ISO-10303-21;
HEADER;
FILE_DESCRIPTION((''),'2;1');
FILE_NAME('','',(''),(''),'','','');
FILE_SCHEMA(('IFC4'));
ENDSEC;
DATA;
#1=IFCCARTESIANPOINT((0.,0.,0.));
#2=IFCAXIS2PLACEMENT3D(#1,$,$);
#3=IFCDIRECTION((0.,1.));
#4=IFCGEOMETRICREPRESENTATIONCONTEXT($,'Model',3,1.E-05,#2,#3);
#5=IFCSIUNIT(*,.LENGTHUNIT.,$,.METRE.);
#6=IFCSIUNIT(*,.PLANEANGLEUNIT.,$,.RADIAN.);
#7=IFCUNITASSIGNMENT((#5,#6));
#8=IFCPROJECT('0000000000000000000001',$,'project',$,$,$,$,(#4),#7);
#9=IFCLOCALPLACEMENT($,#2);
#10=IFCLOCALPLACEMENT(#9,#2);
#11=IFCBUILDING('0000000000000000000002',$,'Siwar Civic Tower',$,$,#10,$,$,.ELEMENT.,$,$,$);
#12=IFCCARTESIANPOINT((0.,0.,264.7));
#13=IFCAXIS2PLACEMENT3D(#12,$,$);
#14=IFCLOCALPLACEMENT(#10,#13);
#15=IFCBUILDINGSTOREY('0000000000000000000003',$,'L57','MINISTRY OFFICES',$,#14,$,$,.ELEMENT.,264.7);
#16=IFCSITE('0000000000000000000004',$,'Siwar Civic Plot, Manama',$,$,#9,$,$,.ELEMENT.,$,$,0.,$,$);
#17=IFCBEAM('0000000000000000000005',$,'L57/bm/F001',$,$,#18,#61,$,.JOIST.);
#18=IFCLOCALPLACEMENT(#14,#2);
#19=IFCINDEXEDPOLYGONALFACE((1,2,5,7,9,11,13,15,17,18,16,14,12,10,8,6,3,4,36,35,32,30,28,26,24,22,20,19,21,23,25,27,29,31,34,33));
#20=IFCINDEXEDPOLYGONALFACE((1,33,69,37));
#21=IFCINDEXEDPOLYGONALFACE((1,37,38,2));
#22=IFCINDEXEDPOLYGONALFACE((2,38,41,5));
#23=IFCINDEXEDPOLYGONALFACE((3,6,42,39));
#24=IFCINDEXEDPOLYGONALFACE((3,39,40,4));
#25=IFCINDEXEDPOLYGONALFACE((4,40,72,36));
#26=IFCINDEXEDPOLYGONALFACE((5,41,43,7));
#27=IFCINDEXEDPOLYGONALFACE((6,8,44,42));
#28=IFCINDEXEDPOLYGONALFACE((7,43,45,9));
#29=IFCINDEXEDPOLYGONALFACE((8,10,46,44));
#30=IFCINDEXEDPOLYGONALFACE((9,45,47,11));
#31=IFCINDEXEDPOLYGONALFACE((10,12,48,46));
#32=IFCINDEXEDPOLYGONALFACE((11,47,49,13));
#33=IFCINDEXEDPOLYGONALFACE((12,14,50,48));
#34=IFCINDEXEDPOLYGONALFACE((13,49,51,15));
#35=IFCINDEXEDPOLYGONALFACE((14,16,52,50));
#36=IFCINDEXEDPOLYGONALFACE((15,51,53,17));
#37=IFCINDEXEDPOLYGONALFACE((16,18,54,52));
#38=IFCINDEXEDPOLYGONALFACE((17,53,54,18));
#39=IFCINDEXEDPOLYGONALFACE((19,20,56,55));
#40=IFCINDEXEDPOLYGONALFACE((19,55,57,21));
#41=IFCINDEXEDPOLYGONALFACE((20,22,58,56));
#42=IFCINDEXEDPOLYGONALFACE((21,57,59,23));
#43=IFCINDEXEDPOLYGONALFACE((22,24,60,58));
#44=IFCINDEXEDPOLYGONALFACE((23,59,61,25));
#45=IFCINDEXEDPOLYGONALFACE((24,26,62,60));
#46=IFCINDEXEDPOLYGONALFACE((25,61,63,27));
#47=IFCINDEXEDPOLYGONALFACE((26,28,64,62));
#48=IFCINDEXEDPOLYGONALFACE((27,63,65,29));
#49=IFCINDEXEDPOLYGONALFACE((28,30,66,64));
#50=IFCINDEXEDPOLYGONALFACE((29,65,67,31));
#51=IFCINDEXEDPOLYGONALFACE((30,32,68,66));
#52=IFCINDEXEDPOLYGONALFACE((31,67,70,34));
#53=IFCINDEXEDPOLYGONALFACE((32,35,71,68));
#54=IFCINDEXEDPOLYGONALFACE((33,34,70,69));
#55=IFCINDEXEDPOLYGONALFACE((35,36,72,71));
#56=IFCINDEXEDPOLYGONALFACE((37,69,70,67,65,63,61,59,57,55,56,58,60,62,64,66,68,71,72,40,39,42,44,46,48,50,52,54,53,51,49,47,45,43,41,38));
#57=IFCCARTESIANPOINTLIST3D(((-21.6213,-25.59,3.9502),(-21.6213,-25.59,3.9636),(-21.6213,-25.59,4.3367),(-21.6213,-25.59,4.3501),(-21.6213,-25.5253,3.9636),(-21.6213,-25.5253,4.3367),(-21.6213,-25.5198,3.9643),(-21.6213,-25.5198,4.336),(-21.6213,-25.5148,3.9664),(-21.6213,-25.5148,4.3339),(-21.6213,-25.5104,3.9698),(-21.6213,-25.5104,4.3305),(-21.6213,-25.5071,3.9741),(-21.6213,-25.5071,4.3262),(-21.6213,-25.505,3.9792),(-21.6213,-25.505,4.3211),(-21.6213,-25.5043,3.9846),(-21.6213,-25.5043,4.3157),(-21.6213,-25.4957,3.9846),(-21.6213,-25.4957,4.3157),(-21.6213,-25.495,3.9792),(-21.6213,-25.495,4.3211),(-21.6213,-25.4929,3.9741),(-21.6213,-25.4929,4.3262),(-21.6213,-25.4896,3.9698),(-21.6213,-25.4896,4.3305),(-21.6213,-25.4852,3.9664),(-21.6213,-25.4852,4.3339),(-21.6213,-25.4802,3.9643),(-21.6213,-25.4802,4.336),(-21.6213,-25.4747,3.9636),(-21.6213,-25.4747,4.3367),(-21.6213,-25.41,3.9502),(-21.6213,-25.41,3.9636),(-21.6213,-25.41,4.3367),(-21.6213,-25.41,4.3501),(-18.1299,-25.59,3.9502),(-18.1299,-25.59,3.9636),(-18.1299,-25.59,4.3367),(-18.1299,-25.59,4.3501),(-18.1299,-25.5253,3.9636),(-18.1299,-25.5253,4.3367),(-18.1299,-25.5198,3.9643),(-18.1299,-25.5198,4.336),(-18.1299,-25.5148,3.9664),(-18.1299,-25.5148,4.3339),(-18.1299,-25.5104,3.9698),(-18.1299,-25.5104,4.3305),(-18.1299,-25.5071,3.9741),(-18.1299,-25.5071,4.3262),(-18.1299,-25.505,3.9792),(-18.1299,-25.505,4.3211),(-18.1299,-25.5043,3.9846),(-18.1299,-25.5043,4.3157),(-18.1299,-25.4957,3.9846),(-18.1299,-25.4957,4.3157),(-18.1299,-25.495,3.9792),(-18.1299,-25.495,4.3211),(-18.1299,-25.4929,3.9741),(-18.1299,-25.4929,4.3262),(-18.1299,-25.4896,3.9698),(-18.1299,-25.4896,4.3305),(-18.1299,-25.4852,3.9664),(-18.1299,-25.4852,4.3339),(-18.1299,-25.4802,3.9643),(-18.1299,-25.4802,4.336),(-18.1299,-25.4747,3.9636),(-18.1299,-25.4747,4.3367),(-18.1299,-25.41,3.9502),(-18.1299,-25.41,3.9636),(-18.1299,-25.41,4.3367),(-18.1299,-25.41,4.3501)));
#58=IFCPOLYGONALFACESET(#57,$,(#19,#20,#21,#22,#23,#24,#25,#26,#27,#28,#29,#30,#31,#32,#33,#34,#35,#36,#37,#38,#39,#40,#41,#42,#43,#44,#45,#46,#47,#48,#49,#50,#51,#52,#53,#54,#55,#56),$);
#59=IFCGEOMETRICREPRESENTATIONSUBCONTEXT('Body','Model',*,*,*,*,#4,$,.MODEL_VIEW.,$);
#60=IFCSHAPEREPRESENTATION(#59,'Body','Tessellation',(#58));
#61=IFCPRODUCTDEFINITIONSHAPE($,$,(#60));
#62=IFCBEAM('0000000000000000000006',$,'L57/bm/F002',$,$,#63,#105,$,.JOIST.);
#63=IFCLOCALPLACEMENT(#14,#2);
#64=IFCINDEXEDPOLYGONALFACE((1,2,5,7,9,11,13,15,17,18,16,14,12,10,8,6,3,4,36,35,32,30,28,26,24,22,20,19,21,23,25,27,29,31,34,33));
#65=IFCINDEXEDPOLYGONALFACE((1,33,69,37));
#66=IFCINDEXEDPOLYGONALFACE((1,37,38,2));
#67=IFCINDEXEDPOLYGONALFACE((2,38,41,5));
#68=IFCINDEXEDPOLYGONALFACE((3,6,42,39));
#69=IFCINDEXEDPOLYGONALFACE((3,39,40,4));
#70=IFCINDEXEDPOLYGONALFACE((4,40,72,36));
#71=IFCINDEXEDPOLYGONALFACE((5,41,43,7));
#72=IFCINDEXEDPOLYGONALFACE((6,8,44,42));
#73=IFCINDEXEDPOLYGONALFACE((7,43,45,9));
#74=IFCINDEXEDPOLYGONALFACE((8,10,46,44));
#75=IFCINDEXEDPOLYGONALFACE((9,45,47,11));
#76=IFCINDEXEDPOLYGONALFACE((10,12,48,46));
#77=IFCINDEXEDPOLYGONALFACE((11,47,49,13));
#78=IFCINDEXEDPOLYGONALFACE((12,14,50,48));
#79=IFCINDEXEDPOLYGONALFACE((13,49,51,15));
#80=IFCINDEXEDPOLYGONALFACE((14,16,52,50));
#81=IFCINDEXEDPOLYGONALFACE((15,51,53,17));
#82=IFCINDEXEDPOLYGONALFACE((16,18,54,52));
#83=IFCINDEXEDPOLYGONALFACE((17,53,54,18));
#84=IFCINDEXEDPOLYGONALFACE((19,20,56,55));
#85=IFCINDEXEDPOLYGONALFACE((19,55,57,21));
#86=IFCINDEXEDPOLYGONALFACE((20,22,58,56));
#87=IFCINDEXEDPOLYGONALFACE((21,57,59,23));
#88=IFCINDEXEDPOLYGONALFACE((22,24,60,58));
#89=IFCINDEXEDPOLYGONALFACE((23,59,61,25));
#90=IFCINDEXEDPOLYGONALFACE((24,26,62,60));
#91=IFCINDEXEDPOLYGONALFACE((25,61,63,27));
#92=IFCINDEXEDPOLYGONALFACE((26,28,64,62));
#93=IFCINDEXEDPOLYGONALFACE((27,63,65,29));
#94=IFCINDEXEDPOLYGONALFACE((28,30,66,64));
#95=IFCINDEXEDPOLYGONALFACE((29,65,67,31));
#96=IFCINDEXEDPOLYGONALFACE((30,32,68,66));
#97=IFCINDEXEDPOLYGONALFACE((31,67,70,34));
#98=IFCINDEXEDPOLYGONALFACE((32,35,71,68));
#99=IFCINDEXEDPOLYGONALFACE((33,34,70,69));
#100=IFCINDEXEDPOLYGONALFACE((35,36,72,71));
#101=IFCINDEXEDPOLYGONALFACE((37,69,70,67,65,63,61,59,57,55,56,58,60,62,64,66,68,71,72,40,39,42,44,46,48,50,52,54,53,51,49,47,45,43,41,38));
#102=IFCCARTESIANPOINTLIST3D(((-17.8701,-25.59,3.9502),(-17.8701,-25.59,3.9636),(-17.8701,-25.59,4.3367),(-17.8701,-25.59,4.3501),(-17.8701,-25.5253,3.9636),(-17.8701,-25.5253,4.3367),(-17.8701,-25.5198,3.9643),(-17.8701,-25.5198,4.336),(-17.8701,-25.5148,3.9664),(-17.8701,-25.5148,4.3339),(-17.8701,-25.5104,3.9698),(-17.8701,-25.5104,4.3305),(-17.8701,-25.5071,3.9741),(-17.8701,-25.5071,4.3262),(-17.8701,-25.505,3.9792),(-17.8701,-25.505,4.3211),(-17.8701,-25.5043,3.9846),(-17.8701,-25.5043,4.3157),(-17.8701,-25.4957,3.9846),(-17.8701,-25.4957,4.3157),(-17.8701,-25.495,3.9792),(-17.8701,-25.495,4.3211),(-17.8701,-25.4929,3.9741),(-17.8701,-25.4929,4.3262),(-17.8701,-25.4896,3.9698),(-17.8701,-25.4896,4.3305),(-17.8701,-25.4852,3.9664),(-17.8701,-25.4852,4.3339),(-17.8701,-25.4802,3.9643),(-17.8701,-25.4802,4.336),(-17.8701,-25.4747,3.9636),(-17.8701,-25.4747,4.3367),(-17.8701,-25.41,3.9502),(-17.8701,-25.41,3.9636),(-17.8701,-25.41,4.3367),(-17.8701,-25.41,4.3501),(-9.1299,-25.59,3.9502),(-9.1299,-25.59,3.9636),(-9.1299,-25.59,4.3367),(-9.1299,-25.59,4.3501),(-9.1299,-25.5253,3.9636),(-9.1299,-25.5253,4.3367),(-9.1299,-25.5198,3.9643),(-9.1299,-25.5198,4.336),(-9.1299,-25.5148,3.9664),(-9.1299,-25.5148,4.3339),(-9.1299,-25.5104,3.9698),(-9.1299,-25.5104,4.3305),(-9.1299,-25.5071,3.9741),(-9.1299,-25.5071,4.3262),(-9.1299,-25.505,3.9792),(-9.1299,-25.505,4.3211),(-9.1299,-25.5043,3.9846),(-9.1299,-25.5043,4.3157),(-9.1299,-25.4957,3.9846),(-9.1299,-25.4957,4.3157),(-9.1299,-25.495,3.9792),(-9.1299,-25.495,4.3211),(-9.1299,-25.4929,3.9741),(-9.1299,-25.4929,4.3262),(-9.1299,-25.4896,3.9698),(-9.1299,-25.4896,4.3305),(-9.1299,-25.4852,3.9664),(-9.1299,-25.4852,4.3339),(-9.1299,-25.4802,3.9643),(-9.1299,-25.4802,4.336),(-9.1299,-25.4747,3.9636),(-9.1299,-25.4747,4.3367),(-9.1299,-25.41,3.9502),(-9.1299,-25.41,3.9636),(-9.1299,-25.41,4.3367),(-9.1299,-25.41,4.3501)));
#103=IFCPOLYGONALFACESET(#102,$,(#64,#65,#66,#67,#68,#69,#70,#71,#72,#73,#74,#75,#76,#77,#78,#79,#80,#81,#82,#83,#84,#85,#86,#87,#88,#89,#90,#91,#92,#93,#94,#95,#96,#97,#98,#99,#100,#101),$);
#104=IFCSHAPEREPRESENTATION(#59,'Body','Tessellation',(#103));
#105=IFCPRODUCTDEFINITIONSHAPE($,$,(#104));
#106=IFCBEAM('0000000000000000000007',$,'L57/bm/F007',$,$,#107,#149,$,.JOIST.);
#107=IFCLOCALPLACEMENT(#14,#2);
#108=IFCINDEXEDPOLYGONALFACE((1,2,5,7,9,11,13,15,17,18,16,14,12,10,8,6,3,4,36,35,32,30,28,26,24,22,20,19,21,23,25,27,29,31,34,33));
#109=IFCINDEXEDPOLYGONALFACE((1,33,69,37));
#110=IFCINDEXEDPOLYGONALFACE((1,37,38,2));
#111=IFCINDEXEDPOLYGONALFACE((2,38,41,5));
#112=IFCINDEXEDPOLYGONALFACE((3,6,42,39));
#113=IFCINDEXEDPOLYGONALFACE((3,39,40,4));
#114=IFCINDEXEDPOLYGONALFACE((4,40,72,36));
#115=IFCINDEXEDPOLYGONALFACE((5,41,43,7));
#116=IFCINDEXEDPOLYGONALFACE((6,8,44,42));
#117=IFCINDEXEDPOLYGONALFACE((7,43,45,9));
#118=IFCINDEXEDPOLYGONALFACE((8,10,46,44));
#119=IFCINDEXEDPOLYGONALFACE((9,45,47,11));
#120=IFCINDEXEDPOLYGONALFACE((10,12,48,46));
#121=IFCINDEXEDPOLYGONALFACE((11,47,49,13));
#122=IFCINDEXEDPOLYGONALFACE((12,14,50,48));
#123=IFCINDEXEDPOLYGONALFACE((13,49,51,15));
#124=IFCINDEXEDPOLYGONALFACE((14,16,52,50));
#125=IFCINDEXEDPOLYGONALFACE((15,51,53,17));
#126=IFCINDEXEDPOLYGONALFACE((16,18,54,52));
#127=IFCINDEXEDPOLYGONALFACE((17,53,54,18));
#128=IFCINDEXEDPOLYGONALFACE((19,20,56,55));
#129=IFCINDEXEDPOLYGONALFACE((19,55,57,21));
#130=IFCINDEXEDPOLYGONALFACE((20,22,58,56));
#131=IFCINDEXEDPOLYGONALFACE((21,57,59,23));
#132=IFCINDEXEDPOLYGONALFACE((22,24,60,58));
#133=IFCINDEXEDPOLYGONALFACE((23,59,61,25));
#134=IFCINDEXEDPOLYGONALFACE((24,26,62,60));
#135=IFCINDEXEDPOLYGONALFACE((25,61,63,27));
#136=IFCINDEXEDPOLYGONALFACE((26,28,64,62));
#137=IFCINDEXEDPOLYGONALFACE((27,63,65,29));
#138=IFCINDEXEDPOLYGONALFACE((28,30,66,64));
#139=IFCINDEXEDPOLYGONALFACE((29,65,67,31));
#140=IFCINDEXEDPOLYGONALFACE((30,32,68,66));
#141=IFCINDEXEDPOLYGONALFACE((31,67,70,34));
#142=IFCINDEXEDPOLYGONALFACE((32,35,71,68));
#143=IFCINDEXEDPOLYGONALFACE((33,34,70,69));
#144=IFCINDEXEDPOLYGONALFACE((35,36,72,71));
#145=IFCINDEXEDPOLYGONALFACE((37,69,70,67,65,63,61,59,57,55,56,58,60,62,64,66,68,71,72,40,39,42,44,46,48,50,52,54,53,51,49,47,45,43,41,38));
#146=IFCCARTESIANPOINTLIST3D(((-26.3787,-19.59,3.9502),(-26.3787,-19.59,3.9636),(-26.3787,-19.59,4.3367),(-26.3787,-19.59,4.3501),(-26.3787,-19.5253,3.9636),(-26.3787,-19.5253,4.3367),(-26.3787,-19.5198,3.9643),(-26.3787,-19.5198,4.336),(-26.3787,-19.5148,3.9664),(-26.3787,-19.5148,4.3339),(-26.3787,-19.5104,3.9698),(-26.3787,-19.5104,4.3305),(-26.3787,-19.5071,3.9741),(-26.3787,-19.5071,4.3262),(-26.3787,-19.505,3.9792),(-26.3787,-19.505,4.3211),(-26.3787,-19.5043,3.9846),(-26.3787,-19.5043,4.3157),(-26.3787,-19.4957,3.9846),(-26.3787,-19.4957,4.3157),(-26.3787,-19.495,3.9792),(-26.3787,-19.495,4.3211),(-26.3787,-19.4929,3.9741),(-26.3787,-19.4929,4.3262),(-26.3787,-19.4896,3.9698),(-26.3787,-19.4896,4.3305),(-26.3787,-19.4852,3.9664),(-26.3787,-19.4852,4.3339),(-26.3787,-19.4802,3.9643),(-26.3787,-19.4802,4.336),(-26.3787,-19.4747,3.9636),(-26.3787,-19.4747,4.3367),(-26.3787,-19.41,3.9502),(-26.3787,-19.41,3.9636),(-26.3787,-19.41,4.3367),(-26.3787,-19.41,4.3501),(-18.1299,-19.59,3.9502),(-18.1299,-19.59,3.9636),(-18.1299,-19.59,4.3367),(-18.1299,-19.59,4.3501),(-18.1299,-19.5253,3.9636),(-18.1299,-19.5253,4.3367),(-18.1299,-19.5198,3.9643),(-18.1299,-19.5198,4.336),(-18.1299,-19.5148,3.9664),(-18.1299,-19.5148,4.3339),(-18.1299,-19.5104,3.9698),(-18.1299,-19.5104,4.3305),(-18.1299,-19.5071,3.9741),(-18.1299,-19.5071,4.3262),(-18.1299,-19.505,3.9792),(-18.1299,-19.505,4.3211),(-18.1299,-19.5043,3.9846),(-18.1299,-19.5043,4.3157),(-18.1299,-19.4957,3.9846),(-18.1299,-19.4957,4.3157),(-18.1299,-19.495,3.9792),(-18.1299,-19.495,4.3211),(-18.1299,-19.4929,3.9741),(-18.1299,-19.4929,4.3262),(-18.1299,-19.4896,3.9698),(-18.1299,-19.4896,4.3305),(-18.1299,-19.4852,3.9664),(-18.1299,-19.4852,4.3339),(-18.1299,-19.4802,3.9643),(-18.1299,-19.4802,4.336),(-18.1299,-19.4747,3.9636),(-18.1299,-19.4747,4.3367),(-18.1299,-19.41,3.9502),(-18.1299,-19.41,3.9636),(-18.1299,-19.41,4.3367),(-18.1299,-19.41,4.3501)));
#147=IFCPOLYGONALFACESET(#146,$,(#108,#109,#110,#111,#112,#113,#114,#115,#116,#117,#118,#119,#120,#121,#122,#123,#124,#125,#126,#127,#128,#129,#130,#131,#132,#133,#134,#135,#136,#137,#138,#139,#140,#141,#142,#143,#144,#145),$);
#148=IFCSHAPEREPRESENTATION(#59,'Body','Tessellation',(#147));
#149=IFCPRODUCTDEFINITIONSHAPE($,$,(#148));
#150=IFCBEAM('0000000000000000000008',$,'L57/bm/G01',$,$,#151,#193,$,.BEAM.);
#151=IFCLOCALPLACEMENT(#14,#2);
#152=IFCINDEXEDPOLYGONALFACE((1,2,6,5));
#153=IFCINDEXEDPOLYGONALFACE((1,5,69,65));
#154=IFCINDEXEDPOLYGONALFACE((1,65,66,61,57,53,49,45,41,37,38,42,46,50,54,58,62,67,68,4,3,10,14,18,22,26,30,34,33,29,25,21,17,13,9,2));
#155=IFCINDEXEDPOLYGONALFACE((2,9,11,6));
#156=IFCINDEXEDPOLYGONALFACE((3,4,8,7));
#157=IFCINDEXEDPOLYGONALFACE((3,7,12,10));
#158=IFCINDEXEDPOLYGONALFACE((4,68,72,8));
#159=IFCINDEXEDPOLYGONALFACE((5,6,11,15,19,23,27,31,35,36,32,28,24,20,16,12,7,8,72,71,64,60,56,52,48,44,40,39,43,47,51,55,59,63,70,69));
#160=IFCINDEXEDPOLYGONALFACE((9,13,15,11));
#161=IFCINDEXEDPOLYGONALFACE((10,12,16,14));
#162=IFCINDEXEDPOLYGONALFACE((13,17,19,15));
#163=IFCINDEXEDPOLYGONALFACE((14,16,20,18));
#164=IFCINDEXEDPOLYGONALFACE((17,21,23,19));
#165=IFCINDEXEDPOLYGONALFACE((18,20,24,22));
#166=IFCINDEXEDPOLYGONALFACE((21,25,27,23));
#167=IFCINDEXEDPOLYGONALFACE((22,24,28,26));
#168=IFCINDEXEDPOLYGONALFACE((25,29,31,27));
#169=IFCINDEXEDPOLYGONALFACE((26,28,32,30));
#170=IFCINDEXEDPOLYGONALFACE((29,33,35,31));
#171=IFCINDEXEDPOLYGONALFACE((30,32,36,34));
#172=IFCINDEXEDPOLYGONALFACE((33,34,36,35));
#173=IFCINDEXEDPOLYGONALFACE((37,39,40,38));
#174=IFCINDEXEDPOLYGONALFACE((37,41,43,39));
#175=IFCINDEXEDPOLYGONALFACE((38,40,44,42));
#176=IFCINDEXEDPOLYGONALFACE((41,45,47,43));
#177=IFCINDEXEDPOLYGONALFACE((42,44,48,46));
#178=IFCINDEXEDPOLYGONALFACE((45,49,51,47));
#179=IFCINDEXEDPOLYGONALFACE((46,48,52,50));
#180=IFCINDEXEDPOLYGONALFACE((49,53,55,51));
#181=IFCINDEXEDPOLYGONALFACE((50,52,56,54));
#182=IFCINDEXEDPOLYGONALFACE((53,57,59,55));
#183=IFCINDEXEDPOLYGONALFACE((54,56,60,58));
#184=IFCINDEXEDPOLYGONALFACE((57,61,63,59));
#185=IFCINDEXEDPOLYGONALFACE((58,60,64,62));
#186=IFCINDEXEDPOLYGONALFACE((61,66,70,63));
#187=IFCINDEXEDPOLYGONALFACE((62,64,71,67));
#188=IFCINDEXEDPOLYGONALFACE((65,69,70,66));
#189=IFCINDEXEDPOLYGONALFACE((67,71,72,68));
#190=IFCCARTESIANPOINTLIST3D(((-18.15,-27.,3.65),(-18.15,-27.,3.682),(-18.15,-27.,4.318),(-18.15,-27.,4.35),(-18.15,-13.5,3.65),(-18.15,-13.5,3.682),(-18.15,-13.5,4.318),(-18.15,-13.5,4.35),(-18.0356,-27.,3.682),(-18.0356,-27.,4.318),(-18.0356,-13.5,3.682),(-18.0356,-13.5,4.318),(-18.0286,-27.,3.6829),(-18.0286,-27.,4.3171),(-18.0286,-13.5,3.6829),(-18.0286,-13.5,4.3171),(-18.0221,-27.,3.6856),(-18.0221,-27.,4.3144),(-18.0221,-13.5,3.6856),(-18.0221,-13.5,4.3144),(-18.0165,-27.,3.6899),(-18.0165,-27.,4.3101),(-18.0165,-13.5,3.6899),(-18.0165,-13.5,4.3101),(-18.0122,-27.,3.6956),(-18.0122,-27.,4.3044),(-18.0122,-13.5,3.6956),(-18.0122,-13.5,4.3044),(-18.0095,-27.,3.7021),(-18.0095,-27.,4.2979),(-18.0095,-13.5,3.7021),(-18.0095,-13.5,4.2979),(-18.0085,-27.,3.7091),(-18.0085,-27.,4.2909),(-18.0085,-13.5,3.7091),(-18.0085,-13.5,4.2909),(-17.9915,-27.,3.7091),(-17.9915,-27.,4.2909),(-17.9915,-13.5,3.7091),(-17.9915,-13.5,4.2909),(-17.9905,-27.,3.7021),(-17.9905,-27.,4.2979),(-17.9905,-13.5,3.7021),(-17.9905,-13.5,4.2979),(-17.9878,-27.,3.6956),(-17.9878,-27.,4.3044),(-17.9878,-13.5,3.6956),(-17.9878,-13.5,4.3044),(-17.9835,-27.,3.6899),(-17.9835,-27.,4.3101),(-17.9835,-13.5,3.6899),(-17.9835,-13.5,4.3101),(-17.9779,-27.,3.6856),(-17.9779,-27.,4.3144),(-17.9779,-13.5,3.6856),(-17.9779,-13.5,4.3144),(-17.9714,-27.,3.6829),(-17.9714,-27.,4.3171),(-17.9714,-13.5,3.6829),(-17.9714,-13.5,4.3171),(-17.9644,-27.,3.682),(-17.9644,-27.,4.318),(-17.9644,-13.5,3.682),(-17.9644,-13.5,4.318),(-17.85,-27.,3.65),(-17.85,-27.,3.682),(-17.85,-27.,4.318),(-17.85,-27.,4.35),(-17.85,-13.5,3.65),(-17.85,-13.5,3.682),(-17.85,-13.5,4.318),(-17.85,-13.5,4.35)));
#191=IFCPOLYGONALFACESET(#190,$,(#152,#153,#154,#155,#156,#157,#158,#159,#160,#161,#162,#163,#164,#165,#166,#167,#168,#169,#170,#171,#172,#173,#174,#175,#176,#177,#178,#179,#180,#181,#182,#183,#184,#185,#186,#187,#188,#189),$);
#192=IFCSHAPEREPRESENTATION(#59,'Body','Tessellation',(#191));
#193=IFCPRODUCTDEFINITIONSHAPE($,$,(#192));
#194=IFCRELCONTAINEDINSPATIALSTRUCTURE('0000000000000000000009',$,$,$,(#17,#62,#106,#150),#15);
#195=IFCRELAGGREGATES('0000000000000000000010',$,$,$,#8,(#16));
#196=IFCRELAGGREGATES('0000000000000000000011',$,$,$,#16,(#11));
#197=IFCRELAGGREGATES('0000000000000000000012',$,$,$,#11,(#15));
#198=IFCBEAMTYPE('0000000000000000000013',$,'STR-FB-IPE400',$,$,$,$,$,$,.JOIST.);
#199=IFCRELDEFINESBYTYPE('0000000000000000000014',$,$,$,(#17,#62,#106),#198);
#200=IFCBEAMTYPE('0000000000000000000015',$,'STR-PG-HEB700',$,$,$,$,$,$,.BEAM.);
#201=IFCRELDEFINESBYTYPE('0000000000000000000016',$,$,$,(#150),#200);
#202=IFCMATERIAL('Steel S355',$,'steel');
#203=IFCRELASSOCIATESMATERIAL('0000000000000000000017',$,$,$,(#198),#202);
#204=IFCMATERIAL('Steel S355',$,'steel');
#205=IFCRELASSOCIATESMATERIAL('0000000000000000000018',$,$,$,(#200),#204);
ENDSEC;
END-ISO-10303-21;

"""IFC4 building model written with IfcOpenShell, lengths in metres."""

from ifc_helpers import new_model, si_unit, direction, frame, origin, origin_2d, place, context, subcontext, project, spatial, i_section, extrude, material, material_profile, profile_set, type_object, element, save


model = new_model("IFC4")

# Units and contexts
model_context = context("Model", 3, precision=1e-05, world=origin(), true_north=direction((0.0, 1.0)))
body_context = subcontext(model_context, "Body", "Model", "MODEL_VIEW")
ifc_project = project(units=[si_unit("LENGTHUNIT", "METRE"), si_unit("PLANEANGLEUNIT", "RADIAN")], contexts=[model_context])

# Site, building, storey
site_placement = place(None, origin())
site = spatial("IfcSite", under=ifc_project, at=site_placement, Name="Siwar Civic Plot, Manama", CompositionType="ELEMENT", RefElevation=0.0)
building_placement = place(site_placement, origin())
building = spatial("IfcBuilding", under=site, at=building_placement, Name="Siwar Civic Tower", CompositionType="ELEMENT")
storey_placement = place(building_placement, frame((0.0, 0.0, 264.7)))
storey = spatial("IfcBuildingStorey", under=building, at=storey_placement, Name="L57", Description="MINISTRY OFFICES", CompositionType="ELEMENT", Elevation=264.7)

# Beams
ifc_material_1 = material(Name="Steel S355", Category="steel")
ifc_material_profile_1 = material_profile(ifc_material_1, i_section(OverallWidth=0.1799, OverallDepth=0.3999, WebThickness=0.0085, FlangeThickness=0.0134, FilletRadius=0.021, at=origin_2d()), Name="IPE400")
ifc_profile_set_1 = profile_set([ifc_material_profile_1], Name="Steel S355")
beam_type_1 = type_object("IfcBeamType", Name="STR-FB-IPE400", PredefinedType="JOIST", material=ifc_profile_set_1)
beam_1_placement = place(storey_placement, frame((-21.6213, -25.5, 4.1501), z_axis=(1.0, 0.0, 0.0), x_axis=(0.0, 1.0, 0.0)))
element("IfcBeam", 1, at=beam_1_placement, inside=storey, type_object=beam_type_1, Name="L57/bm/F001", PredefinedType="JOIST", context=body_context, shape_type="SweptSolid", body=[
    extrude(i_section(OverallWidth=0.1799, OverallDepth=0.3999, WebThickness=0.0085, FlangeThickness=0.0134, FilletRadius=0.021, at=origin_2d()), origin(), (0.0, 0.0, 1.0), 3.4915),
])
beam_2_placement = place(storey_placement, frame((-17.8701, -25.5, 4.1501), z_axis=(1.0, 0.0, 0.0), x_axis=(0.0, 1.0, 0.0)))
element("IfcBeam", 2, at=beam_2_placement, inside=storey, type_object=beam_type_1, Name="L57/bm/F002", PredefinedType="JOIST", context=body_context, shape_type="SweptSolid", body=[
    extrude(i_section(OverallWidth=0.1799, OverallDepth=0.3999, WebThickness=0.0085, FlangeThickness=0.0134, FilletRadius=0.021, at=origin_2d()), origin(), (0.0, 0.0, 1.0), 8.7402),
])
beam_3_placement = place(storey_placement, frame((-26.3787, -19.5, 4.1501), z_axis=(1.0, 0.0, 0.0), x_axis=(0.0, 1.0, 0.0)))
element("IfcBeam", 3, at=beam_3_placement, inside=storey, type_object=beam_type_1, Name="L57/bm/F007", PredefinedType="JOIST", context=body_context, shape_type="SweptSolid", body=[
    extrude(i_section(OverallWidth=0.1799, OverallDepth=0.3999, WebThickness=0.0085, FlangeThickness=0.0134, FilletRadius=0.021, at=origin_2d()), origin(), (0.0, 0.0, 1.0), 8.2488),
])
ifc_material_2 = material(Name="Steel S355", Category="steel")
ifc_material_profile_2 = material_profile(ifc_material_2, i_section(OverallWidth=0.3, OverallDepth=0.7, WebThickness=0.0171, FlangeThickness=0.032, FilletRadius=0.0271, at=origin_2d()), Name="HEB700")
ifc_profile_set_2 = profile_set([ifc_material_profile_2], Name="Steel S355")
beam_type_2 = type_object("IfcBeamType", Name="STR-PG-HEB700", PredefinedType="BEAM", material=ifc_profile_set_2)
beam_4_placement = place(storey_placement, frame((-18.0, -27.0, 4.0), z_axis=(0.0, 1.0, 0.0), x_axis=(-1.0, 0.0, 0.0)))
element("IfcBeam", 4, at=beam_4_placement, inside=storey, type_object=beam_type_2, Name="L57/bm/G01", PredefinedType="BEAM", context=body_context, shape_type="SweptSolid", body=[
    extrude(i_section(OverallWidth=0.3, OverallDepth=0.7, WebThickness=0.0171, FlangeThickness=0.032, FilletRadius=0.0271, at=origin_2d()), origin(), (0.0, 0.0, 1.0), 13.5),
])

save(model, "model.ifc")
